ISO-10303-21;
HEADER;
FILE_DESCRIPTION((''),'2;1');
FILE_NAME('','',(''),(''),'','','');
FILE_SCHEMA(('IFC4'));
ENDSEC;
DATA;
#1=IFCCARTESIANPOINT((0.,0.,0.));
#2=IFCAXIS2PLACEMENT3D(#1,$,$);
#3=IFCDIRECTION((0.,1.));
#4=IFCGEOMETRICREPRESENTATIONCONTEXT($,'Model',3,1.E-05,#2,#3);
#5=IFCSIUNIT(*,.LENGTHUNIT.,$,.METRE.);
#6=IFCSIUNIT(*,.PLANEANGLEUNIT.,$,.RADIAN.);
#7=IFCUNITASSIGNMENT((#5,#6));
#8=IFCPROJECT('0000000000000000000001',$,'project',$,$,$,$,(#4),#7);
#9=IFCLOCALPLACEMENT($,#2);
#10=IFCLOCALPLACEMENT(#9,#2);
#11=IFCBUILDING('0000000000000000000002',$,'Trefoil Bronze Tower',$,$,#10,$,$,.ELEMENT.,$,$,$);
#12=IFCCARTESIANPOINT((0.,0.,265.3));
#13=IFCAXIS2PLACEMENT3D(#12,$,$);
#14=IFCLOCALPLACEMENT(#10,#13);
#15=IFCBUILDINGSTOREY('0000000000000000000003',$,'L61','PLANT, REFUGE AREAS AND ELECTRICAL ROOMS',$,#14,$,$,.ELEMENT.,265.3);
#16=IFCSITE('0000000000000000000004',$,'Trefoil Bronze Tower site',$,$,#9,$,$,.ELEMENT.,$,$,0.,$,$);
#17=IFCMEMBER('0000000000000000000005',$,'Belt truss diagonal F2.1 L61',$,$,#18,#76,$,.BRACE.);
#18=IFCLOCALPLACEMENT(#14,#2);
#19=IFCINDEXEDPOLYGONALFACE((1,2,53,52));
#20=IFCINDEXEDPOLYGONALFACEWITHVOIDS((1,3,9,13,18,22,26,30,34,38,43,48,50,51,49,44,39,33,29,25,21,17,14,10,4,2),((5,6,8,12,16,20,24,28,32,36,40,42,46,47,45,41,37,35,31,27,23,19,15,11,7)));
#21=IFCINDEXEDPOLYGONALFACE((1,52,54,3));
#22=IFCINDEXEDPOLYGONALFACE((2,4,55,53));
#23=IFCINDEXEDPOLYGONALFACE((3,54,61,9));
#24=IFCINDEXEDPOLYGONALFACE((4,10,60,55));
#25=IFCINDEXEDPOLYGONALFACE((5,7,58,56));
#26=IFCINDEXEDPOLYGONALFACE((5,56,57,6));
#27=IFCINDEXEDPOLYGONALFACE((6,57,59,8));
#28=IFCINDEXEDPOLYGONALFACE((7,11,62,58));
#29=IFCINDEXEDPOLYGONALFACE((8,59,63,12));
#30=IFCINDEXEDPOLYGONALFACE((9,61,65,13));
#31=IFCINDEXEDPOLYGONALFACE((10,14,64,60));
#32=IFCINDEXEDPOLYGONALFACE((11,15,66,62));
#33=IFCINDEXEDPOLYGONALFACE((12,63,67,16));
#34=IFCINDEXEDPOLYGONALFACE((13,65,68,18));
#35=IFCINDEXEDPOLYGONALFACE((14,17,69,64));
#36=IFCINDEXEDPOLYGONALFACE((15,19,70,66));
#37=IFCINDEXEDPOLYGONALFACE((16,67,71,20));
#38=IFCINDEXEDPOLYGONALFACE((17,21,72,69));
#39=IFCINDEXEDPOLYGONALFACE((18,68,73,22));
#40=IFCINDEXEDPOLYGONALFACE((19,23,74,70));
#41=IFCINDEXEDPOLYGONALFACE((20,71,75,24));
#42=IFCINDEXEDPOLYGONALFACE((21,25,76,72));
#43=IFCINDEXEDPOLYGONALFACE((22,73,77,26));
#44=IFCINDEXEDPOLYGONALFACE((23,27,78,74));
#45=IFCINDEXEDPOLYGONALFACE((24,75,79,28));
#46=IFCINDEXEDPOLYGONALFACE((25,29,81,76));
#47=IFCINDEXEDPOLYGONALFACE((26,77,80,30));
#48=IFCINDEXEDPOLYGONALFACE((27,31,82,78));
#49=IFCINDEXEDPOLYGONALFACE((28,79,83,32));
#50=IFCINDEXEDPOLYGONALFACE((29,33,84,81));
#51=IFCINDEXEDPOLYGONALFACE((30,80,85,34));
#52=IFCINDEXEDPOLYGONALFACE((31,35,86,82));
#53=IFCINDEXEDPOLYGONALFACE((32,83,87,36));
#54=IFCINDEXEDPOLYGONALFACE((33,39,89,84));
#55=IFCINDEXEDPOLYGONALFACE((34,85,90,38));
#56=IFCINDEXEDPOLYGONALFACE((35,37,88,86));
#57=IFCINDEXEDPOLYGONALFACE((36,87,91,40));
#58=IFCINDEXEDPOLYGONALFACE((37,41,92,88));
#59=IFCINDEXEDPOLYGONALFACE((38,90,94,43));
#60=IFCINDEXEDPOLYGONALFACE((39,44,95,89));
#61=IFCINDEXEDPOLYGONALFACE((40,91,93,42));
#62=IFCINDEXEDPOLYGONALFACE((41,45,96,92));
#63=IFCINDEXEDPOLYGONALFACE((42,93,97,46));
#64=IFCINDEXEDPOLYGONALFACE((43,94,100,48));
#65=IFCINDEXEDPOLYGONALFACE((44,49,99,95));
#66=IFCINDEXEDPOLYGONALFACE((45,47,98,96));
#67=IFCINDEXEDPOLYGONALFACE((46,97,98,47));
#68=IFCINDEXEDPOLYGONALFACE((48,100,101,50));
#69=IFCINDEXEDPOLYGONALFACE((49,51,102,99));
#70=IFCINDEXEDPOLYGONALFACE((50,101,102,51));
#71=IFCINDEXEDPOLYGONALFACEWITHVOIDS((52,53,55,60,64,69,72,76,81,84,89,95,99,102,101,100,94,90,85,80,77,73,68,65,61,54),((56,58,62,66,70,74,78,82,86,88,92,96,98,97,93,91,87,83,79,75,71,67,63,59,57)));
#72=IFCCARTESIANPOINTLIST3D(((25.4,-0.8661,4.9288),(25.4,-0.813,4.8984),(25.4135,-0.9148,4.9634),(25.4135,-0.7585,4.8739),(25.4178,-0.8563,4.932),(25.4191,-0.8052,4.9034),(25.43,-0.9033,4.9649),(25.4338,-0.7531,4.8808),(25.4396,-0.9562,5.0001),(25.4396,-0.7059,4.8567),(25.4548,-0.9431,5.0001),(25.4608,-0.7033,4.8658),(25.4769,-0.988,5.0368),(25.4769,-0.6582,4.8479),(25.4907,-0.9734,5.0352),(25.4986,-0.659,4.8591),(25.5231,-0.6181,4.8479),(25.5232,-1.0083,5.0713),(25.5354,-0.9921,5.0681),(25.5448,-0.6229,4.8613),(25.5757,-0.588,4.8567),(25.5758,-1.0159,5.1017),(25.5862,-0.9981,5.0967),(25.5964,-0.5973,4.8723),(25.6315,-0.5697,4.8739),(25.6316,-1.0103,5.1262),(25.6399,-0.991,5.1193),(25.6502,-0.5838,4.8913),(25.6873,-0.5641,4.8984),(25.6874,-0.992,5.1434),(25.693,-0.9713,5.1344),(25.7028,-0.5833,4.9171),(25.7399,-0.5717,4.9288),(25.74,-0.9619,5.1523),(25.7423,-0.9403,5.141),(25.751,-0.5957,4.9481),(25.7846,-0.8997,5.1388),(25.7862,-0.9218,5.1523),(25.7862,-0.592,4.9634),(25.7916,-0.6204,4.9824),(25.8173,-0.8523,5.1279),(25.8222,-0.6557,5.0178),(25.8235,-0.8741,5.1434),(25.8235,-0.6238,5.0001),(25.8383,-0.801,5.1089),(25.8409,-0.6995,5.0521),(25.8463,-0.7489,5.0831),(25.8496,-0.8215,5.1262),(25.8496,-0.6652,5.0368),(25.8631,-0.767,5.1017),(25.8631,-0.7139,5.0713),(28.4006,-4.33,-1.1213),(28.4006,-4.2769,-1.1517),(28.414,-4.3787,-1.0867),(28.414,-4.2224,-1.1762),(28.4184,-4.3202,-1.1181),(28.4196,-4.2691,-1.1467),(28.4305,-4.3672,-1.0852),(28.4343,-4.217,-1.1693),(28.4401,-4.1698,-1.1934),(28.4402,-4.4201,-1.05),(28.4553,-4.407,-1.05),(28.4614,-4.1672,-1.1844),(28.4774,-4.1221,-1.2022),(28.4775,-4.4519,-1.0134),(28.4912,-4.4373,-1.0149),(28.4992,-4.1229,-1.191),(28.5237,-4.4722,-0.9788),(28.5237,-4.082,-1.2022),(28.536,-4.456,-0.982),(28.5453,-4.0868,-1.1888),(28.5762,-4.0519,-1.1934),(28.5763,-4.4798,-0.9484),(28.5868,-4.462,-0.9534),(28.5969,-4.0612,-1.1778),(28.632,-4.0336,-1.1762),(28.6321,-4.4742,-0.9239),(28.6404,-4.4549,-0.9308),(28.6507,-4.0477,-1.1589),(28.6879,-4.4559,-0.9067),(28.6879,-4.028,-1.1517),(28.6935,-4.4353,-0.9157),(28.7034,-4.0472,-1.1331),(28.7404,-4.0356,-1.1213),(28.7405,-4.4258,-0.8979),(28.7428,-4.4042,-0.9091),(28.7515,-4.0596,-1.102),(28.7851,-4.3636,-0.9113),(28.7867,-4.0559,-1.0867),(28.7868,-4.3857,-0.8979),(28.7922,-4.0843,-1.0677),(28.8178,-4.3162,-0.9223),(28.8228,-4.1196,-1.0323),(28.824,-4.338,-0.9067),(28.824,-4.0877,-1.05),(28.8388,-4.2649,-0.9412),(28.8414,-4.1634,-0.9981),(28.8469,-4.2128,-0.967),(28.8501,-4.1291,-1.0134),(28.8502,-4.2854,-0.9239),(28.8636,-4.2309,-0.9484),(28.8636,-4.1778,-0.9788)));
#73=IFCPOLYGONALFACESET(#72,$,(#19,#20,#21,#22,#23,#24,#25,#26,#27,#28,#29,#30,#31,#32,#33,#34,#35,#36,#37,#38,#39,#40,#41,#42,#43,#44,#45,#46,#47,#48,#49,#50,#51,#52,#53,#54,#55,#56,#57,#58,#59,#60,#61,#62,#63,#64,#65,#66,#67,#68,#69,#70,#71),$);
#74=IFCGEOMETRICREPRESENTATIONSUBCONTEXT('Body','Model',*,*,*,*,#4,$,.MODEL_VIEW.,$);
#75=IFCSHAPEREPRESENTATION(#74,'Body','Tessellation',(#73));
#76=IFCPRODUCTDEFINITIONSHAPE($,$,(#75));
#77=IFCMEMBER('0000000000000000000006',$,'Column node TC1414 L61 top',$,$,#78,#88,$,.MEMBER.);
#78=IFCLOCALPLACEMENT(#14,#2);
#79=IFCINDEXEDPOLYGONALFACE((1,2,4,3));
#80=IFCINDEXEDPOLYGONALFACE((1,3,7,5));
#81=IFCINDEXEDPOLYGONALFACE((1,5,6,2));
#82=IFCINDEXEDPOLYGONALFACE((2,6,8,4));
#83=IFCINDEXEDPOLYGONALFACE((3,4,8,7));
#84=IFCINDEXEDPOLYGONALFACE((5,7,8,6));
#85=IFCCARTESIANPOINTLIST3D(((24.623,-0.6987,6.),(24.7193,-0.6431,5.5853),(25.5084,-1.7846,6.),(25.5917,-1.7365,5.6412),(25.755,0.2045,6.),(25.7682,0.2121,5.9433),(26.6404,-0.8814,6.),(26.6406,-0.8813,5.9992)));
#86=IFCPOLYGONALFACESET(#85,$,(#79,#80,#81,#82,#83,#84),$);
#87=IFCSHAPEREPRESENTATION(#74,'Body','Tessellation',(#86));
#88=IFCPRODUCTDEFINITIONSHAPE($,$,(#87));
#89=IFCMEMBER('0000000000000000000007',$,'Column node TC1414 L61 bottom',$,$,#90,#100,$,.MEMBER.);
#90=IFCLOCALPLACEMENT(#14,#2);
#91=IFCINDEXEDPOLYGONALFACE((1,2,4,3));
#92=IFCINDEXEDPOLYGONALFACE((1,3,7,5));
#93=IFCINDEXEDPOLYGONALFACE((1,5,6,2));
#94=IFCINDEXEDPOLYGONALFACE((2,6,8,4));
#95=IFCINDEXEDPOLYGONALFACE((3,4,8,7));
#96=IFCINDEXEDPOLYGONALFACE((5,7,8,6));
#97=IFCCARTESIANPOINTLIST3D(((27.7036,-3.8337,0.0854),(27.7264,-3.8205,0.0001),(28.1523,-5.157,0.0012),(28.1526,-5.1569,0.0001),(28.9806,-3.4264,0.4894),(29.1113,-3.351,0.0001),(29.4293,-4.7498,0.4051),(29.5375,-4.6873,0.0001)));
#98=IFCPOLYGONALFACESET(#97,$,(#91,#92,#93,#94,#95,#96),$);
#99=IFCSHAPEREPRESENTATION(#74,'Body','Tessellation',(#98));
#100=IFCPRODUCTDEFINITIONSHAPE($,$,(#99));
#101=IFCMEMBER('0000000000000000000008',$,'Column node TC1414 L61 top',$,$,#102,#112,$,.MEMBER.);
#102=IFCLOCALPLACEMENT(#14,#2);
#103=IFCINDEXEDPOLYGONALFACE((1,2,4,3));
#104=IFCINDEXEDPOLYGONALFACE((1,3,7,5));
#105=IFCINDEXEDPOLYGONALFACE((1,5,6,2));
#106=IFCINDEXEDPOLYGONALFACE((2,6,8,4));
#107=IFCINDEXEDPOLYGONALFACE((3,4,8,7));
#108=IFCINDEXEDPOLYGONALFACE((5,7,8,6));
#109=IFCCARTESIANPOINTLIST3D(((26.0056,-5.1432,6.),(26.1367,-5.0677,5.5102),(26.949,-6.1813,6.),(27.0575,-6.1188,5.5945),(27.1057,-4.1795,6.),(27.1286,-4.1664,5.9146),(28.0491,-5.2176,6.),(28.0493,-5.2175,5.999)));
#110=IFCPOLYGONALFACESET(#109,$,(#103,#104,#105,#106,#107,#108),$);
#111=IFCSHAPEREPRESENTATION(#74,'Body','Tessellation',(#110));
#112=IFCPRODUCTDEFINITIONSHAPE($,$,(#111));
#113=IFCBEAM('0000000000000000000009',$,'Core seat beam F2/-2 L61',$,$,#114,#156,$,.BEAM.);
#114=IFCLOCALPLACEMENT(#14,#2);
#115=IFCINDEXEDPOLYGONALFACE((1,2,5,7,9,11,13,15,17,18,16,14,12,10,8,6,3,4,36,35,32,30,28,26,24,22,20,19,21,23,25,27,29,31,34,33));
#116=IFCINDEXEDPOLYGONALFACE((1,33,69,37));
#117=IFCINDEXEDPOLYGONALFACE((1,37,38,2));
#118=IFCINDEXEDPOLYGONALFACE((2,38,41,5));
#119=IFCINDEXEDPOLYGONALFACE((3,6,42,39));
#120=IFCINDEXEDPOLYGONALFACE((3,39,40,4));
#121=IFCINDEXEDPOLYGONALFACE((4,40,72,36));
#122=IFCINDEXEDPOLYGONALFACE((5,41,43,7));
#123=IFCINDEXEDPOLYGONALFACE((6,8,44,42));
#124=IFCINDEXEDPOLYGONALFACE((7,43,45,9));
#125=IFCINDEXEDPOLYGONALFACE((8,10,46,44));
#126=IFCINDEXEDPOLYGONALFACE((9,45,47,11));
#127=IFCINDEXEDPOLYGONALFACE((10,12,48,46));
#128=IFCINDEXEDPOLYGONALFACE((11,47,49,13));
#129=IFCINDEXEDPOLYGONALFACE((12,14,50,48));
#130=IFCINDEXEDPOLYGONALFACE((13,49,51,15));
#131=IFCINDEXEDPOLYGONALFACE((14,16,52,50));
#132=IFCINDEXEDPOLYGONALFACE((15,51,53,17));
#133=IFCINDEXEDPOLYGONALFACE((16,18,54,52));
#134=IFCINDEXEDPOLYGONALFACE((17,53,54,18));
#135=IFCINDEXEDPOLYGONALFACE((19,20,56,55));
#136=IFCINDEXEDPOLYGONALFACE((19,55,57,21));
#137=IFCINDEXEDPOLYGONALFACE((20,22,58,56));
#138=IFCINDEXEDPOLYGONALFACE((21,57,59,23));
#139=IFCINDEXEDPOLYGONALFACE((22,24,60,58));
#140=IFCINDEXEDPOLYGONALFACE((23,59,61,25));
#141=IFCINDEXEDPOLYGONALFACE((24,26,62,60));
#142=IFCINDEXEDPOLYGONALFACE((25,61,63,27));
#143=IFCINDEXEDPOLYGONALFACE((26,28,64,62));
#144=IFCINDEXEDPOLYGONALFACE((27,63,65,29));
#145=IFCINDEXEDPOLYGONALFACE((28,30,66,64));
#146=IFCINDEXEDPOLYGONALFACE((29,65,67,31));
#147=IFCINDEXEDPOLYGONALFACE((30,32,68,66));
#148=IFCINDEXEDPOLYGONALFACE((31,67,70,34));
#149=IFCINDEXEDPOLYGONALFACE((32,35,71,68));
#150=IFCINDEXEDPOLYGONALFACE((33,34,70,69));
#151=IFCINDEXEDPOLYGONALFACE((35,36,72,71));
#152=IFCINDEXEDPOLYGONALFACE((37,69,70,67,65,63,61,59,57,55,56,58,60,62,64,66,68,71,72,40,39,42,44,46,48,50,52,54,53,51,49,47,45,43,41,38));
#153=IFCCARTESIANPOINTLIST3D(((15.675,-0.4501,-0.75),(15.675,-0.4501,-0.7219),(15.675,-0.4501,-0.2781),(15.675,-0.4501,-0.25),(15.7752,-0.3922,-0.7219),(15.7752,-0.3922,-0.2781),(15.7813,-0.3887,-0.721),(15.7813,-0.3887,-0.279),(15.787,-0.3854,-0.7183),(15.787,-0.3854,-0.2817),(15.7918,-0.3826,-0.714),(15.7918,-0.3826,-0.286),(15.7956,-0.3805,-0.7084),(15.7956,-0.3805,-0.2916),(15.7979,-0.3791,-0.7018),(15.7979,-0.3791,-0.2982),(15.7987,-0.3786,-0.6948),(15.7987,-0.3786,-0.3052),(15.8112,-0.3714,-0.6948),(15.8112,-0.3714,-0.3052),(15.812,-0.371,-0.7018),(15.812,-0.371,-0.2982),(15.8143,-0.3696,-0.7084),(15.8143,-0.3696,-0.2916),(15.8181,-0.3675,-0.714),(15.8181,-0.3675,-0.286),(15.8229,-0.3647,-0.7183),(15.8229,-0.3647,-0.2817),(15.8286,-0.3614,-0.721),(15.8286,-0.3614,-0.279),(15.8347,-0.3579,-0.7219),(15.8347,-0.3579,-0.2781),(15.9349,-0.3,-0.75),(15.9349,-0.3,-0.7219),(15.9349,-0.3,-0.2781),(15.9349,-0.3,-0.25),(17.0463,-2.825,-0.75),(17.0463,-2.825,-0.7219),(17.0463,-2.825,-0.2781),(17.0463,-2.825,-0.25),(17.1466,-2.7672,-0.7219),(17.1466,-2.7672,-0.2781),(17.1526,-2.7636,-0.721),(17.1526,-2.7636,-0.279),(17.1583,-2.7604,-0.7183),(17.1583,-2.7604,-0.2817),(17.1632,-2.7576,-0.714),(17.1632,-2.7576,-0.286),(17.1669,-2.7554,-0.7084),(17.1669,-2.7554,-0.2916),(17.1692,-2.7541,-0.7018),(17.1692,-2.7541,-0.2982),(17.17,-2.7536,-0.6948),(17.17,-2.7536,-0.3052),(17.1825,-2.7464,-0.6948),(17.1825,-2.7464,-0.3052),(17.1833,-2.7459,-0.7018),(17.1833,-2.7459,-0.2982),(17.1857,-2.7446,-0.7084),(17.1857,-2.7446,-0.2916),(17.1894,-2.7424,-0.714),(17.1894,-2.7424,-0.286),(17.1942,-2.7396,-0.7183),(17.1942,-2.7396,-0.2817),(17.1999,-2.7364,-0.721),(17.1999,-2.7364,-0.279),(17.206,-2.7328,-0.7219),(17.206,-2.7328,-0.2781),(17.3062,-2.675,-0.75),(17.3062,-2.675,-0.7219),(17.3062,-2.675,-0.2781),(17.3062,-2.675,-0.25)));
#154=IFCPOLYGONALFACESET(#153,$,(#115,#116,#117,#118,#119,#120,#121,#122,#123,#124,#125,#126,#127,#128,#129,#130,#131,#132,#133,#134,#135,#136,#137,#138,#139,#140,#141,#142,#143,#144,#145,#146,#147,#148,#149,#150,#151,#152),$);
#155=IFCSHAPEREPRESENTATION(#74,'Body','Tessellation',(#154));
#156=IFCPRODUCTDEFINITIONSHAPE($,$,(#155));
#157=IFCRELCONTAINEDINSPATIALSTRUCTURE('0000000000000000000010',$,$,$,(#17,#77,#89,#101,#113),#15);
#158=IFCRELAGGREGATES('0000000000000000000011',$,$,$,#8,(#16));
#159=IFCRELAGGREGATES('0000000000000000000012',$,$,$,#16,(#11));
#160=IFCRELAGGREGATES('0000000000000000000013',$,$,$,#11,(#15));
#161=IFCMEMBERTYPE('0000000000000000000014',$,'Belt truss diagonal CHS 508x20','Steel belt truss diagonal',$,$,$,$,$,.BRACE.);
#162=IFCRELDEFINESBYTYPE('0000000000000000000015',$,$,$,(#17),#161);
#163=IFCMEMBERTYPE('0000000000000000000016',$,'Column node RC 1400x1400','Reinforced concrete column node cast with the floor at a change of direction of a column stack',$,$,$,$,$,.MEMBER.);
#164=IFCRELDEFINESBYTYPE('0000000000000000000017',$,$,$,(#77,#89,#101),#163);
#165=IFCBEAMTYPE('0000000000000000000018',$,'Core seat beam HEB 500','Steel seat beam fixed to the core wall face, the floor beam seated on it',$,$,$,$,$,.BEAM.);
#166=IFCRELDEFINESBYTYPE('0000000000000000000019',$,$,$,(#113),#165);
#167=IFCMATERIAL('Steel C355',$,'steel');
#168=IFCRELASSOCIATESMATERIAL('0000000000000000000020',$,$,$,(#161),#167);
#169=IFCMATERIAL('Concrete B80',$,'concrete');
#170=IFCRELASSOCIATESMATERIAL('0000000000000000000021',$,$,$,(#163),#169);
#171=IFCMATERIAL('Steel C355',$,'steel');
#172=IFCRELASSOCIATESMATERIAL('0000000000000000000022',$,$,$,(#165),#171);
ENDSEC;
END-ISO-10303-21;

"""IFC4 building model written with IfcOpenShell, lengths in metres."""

from ifc_helpers import new_model, si_unit, direction, frame, origin, origin_2d, place, context, subcontext, project, spatial, rectangle, hollow_circle, i_section, extrude, clip, halfspace, material, material_profile, profile_set, type_object, element, save


model = new_model("IFC4")

# Units and contexts
model_context = context("Model", 3, precision=1e-05, world=origin(), true_north=direction((0.0, 1.0)))
body_context = subcontext(model_context, "Body", "Model", "MODEL_VIEW")
ifc_project = project(units=[si_unit("LENGTHUNIT", "METRE"), si_unit("PLANEANGLEUNIT", "RADIAN")], contexts=[model_context])

# Site, building, storey
site_placement = place(None, origin())
site = spatial("IfcSite", under=ifc_project, at=site_placement, Name="Trefoil Bronze Tower site", CompositionType="ELEMENT", RefElevation=0.0)
building_placement = place(site_placement, origin())
building = spatial("IfcBuilding", under=site, at=building_placement, Name="Trefoil Bronze Tower", CompositionType="ELEMENT")
storey_placement = place(building_placement, frame((0.0, 0.0, 265.3)))
storey = spatial("IfcBuildingStorey", under=building, at=storey_placement, Name="L61", Description="PLANT, REFUGE AREAS AND ELECTRICAL ROOMS", CompositionType="ELEMENT", Elevation=265.3)

# Members
ifc_material_1 = material(Name="Steel C355", Category="steel")
ifc_material_profile_1 = material_profile(ifc_material_1, hollow_circle(Radius=0.2539, WallThickness=0.02, at=origin_2d()), Name="CHS 508x20")
ifc_profile_set_1 = profile_set([ifc_material_profile_1], Name="Steel C355")
member_type_1 = type_object("IfcMemberType", Name="Belt truss diagonal CHS 508x20", Description="Steel belt truss diagonal", PredefinedType="BRACE", material=ifc_profile_set_1)
member_1_placement = place(storey_placement, frame((28.6321, -4.2539, -1.05), z_axis=(-0.395334, 0.456387, 0.797134), x_axis=(-0.755854, -0.65474, 0.0)))
element("IfcMember", 1, at=member_1_placement, inside=storey, type_object=member_type_1, Name="Belt truss diagonal F2.1 L61", PredefinedType="BRACE", context=body_context, shape_type="SweptSolid", body=[
    extrude(hollow_circle(Radius=0.2539, WallThickness=0.02, at=origin_2d()), origin(), (0.0, 0.0, 1.0), 7.5898),
])
ifc_material_2 = material(Name="Concrete B80", Category="concrete")
ifc_material_profile_2 = material_profile(ifc_material_2, rectangle(XDim=1.3999, YDim=1.3999, at=origin_2d()), Name="RC 1400x1400")
ifc_profile_set_2 = profile_set([ifc_material_profile_2], Name="Concrete B80")
member_type_2 = type_object("IfcMemberType", Name="Column node RC 1400x1400", Description="Reinforced concrete column node cast with the floor at a change of direction of a column stack", PredefinedType="MEMBER", material=ifc_profile_set_2)
member_2_placement = place(storey_placement, frame((25.5835, -0.8179, 6.2078), z_axis=(0.224171, 0.129395, -0.965921), x_axis=(0.623164, -0.781068, 0.039992)))
element("IfcMember", 2, at=member_2_placement, inside=storey, type_object=member_type_2, Name="Column node TC1414 L61 top", PredefinedType="MEMBER", context=body_context, shape_type="Clipping", body=[
    clip(extrude(rectangle(XDim=1.3999, YDim=1.3999, at=origin_2d()), origin(), (0.0, 0.0, 1.0), 0.4302), halfspace(frame((0.0, 0.0, 0.2151), z_axis=(-0.039992, 0.255727, 0.965921), x_axis=(0.0, 0.966695, -0.255932)), True)),
])
member_3_placement = place(storey_placement, frame((28.6975, -4.2161, -0.2454), z_axis=(-0.255293, -0.147376, 0.955566), x_axis=(-0.320508, 0.945333, 0.06017)))
element("IfcMember", 3, at=member_3_placement, inside=storey, type_object=member_type_2, Name="Column node TC1414 L61 bottom", PredefinedType="MEMBER", context=body_context, shape_type="Clipping", body=[
    clip(extrude(rectangle(XDim=1.3999, YDim=1.3999, at=origin_2d()), origin(), (0.0, 0.0, 1.0), 0.5134), halfspace(frame((0.0, 0.0, 0.2568), z_axis=(0.06017, -0.288572, 0.955566), x_axis=(0.0, 0.9573, 0.289096)), True)),
])
member_4_placement = place(storey_placement, frame((26.9617, -5.2183, 6.2454), z_axis=(0.255737, 0.147358, -0.95545), x_axis=(0.657726, -0.750844, 0.060246)))
element("IfcMember", 4, at=member_4_placement, inside=storey, type_object=member_type_2, Name="Column node TC1414 L61 top", PredefinedType="MEMBER", context=body_context, shape_type="Clipping", body=[
    clip(extrude(rectangle(XDim=1.3999, YDim=1.3999, at=origin_2d()), origin(), (0.0, 0.0, 1.0), 0.5137), halfspace(frame((0.0, 0.0, 0.2568), z_axis=(-0.060246, 0.28894, 0.95545), x_axis=(0.0, 0.957188, -0.289466)), True)),
])

# Beam
ifc_material_3 = material(Name="Steel C355", Category="steel")
ifc_material_profile_3 = material_profile(ifc_material_3, i_section(OverallWidth=0.3, OverallDepth=0.5, WebThickness=0.0144, FlangeThickness=0.0281, FilletRadius=0.0271, at=origin_2d()), Name="HEB 500")
ifc_profile_set_3 = profile_set([ifc_material_profile_3], Name="Steel C355")
beam_type_1 = type_object("IfcBeamType", Name="Core seat beam HEB 500", Description="Steel seat beam fixed to the core wall face, the floor beam seated on it", PredefinedType="BEAM", material=ifc_profile_set_3)
beam_1_placement = place(storey_placement, frame((17.1763, -2.75, -0.5), z_axis=(-0.500036, 0.866005, 0.0), x_axis=(-0.866005, -0.500036, 0.0)))
element("IfcBeam", 5, at=beam_1_placement, inside=storey, type_object=beam_type_1, Name="Core seat beam F2/-2 L61", PredefinedType="BEAM", context=body_context, shape_type="SweptSolid", body=[
    extrude(i_section(OverallWidth=0.3, OverallDepth=0.5, WebThickness=0.0144, FlangeThickness=0.0281, FilletRadius=0.0271, at=origin_2d()), origin(), (0.0, 0.0, 1.0), 2.7424),
])

save(model, "model.ifc")
